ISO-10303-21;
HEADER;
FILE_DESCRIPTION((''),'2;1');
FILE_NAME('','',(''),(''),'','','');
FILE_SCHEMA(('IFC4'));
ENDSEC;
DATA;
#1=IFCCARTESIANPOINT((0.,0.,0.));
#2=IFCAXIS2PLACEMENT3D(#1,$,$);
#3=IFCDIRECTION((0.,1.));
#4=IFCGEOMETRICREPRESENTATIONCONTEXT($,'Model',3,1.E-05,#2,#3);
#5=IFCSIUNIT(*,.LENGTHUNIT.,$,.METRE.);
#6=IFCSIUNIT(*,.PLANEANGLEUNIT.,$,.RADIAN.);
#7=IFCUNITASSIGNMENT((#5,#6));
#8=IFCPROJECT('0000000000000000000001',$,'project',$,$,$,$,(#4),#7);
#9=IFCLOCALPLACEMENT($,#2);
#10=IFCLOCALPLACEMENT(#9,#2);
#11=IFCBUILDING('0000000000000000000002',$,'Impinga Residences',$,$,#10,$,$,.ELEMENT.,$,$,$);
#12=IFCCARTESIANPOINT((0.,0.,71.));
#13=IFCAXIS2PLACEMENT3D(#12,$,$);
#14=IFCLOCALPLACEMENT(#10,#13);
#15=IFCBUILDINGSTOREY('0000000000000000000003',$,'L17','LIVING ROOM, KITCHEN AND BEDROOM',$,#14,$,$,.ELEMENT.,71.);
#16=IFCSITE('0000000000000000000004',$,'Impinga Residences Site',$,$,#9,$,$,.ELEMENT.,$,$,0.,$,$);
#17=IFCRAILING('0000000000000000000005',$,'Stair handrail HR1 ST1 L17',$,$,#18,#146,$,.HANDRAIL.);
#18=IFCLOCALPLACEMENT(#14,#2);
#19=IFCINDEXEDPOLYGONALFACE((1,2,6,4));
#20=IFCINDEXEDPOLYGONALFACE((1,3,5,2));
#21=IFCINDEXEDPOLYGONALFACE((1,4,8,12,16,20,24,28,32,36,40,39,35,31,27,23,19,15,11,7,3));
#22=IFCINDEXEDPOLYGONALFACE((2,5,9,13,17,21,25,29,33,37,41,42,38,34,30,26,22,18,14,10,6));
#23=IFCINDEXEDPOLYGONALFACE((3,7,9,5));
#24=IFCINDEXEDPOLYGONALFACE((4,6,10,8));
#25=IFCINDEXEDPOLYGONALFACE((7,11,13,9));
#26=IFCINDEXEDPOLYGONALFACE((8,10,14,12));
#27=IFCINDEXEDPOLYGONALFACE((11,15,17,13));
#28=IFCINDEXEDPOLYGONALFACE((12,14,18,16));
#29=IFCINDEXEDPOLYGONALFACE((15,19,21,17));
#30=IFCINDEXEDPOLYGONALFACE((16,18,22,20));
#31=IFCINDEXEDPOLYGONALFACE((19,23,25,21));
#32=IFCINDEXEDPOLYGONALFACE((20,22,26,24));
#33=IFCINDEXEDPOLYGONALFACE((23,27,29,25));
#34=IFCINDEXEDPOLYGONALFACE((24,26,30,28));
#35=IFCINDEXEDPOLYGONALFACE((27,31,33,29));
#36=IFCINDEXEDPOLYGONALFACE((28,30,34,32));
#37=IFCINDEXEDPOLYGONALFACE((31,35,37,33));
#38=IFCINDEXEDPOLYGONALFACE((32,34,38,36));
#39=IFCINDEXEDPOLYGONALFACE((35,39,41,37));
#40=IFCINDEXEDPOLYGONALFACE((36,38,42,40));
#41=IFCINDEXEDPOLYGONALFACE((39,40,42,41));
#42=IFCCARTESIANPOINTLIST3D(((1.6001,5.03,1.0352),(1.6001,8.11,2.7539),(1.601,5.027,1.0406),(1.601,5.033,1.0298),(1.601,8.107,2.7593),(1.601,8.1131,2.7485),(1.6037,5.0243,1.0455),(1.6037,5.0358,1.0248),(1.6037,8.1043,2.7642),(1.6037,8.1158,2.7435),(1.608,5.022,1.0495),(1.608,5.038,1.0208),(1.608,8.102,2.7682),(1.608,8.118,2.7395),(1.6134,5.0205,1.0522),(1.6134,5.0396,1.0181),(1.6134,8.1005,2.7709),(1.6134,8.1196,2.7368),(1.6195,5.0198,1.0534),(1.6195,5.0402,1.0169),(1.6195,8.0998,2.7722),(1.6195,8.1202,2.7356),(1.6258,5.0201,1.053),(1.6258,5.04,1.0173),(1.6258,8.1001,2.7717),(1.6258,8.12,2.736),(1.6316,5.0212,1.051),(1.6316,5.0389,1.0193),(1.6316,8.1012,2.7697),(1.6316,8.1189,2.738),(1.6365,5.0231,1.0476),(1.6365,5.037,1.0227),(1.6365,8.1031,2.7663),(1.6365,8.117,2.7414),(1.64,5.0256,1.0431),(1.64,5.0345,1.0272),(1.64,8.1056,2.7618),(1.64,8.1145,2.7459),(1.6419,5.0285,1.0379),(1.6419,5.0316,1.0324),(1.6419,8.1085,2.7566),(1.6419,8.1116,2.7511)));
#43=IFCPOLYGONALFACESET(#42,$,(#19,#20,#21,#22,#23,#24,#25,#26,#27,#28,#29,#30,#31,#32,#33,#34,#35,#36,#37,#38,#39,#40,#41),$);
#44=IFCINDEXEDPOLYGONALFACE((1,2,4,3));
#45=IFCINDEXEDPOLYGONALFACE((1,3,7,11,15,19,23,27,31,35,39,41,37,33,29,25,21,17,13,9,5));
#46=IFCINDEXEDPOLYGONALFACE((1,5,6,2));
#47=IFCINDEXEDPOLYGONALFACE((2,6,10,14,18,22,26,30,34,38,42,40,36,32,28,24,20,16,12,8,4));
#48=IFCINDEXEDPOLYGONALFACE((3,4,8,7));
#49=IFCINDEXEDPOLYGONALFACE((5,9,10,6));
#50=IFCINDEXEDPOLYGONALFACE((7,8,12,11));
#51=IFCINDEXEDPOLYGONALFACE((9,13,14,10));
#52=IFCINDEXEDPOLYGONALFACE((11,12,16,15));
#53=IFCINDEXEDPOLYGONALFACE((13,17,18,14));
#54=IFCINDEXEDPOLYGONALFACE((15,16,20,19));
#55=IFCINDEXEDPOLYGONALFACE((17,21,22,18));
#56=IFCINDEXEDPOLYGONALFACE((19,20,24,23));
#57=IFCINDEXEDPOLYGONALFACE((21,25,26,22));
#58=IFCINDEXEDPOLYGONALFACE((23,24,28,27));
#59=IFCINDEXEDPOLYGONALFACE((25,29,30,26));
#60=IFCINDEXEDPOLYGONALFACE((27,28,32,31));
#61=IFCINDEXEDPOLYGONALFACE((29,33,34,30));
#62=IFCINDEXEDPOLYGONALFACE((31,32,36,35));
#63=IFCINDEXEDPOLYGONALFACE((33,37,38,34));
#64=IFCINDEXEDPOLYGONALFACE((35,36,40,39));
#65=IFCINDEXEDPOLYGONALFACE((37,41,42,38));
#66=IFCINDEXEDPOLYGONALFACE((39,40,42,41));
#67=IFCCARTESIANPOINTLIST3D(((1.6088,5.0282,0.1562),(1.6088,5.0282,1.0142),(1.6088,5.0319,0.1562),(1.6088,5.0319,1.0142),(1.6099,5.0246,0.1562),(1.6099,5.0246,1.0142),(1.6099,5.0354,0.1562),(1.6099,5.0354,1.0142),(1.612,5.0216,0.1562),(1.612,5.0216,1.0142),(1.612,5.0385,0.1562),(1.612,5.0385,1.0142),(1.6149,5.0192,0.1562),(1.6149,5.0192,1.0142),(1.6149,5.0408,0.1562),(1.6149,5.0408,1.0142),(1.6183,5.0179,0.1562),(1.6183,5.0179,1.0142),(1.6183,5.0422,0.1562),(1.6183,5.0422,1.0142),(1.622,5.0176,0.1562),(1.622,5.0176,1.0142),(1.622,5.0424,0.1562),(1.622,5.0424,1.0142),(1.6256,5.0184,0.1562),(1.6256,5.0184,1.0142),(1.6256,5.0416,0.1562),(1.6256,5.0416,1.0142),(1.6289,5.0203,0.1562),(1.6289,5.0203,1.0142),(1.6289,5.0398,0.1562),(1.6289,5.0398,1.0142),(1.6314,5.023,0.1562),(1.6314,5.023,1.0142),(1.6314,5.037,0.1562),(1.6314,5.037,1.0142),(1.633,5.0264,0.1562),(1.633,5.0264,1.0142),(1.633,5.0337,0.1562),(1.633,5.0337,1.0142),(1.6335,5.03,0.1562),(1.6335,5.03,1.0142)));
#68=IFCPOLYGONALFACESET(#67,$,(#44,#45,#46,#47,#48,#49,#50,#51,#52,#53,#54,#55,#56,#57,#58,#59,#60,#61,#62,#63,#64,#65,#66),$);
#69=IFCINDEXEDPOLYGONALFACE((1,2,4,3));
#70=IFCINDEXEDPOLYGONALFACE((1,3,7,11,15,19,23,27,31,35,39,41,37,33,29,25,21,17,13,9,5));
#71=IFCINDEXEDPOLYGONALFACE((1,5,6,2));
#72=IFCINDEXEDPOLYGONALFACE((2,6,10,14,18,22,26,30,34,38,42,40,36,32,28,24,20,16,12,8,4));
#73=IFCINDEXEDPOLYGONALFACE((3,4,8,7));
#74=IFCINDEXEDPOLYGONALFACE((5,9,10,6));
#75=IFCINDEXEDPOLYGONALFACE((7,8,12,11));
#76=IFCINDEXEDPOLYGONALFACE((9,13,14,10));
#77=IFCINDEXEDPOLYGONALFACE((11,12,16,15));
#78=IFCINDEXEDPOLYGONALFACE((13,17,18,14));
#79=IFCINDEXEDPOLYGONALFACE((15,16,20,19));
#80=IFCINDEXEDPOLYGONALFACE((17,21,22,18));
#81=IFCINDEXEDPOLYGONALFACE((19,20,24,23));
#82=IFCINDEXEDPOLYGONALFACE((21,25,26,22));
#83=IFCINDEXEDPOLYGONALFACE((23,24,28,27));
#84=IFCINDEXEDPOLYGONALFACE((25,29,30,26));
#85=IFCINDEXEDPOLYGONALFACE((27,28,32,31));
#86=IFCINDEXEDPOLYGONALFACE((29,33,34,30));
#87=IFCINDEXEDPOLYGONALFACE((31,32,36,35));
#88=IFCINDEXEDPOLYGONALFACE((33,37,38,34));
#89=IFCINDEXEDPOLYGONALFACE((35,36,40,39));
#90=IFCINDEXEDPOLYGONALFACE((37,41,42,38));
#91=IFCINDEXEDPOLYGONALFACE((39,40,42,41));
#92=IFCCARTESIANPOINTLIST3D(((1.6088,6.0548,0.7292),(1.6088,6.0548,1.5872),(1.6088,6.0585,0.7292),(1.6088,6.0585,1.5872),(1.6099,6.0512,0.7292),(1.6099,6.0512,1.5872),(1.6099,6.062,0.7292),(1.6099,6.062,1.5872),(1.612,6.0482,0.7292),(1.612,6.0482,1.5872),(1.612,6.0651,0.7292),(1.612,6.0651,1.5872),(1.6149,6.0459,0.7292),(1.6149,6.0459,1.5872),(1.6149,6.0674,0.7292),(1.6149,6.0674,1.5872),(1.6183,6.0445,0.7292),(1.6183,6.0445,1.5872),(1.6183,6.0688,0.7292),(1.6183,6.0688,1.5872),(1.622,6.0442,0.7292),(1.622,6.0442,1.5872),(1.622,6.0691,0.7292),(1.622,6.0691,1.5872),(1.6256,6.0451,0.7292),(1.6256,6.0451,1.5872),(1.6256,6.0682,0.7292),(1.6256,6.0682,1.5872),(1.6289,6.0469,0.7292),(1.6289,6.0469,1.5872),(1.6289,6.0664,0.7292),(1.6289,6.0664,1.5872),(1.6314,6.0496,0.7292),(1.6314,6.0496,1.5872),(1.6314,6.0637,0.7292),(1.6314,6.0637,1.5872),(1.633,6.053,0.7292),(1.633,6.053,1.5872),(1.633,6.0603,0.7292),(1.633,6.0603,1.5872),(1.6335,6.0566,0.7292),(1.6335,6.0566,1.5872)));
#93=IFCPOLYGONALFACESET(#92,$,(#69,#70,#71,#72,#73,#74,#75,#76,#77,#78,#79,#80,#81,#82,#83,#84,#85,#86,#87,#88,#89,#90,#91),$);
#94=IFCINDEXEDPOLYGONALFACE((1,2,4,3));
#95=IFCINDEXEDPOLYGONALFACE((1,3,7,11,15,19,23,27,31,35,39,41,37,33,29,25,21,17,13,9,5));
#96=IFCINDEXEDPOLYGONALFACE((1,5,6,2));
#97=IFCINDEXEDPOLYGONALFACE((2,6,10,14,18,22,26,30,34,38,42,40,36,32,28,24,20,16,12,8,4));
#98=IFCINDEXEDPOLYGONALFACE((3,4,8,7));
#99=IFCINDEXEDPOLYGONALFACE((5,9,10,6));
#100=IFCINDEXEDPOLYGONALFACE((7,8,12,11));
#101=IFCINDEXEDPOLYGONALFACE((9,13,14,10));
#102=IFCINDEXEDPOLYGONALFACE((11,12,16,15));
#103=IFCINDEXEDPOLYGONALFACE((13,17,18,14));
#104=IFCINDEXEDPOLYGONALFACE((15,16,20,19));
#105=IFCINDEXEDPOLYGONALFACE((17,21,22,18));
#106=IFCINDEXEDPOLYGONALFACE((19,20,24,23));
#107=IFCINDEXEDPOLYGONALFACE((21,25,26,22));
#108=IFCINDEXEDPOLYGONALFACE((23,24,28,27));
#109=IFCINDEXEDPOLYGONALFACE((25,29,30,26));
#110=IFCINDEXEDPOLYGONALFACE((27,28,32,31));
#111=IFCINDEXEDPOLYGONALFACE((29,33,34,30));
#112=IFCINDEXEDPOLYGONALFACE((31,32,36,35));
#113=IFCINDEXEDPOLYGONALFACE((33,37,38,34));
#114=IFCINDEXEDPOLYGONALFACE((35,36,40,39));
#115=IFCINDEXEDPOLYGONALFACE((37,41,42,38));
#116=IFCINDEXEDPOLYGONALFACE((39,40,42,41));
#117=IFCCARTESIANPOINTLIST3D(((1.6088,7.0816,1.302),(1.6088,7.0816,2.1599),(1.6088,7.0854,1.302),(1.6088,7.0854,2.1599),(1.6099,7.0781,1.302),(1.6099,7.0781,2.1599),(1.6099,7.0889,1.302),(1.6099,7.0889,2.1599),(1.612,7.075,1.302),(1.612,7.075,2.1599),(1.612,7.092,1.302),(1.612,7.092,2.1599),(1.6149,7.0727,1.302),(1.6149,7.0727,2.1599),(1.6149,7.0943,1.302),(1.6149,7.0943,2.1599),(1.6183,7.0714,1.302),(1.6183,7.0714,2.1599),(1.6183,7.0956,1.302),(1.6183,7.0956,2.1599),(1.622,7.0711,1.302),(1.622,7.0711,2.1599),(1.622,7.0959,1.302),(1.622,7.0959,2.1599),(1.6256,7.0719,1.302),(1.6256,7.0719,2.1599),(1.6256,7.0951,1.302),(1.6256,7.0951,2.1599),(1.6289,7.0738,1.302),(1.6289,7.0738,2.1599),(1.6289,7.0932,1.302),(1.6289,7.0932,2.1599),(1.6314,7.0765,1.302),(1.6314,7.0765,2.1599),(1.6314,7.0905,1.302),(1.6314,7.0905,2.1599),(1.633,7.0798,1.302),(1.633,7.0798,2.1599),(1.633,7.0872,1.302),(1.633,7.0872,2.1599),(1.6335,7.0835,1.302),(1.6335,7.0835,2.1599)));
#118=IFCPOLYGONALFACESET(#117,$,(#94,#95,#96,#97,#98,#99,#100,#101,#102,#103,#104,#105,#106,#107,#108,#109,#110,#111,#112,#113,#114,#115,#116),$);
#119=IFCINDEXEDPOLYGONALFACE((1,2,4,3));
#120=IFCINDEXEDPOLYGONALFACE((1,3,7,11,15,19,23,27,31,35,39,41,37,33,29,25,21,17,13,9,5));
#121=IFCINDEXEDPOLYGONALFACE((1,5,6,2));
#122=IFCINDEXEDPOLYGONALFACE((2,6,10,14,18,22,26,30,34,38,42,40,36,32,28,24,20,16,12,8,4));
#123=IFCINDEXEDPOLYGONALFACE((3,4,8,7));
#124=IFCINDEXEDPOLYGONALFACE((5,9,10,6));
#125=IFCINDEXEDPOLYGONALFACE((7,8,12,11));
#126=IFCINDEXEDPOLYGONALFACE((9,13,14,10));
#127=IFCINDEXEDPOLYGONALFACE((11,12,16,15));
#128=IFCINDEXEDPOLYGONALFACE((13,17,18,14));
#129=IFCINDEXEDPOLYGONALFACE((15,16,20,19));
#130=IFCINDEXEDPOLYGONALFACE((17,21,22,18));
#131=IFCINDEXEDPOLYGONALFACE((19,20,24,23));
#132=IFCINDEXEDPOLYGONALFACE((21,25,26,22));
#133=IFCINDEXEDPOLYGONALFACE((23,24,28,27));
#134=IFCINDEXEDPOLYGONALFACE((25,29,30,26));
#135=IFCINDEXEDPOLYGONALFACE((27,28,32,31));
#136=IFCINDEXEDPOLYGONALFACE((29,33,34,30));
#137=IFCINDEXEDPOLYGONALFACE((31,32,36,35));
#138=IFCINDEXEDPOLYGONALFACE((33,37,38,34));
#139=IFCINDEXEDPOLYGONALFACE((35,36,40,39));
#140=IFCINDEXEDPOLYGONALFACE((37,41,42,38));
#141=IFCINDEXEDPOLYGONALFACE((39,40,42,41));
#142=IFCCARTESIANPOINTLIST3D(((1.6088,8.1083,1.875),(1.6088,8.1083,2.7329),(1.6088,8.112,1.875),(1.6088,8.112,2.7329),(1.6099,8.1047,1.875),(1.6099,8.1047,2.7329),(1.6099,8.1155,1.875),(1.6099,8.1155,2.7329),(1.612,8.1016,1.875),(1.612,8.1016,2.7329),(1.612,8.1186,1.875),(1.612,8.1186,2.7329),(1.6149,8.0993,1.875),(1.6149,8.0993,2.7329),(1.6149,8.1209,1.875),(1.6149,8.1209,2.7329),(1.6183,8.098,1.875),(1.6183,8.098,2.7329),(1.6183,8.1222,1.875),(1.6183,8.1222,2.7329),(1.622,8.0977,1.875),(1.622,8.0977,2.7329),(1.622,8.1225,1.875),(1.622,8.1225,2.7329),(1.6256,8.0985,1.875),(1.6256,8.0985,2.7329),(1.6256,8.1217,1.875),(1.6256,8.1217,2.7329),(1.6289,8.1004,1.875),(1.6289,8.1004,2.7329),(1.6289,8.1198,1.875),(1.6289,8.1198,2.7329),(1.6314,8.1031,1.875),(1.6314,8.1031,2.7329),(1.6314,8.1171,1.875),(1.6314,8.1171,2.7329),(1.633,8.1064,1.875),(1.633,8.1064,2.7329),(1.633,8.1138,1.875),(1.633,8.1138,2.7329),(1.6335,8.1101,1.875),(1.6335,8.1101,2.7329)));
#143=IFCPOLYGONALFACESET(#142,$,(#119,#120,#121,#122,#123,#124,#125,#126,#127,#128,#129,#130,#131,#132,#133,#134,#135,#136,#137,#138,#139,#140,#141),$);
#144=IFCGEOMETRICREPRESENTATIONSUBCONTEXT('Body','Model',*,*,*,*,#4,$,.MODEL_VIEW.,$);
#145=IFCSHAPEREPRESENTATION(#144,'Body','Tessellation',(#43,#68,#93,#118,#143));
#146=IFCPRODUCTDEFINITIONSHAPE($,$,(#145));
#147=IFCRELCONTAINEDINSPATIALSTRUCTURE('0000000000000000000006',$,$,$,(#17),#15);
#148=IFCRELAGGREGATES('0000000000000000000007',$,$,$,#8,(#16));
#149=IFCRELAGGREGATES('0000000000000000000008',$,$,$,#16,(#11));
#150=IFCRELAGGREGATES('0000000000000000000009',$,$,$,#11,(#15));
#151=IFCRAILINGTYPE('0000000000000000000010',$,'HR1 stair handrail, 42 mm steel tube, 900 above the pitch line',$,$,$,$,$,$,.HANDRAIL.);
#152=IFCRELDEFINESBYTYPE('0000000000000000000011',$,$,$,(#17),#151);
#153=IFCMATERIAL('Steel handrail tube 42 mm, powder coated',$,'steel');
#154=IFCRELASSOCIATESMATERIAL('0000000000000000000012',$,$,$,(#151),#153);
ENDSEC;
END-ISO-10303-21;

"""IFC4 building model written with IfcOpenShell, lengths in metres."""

from ifc_helpers import new_model, si_unit, direction, frame, origin, origin_2d, place, context, subcontext, project, spatial, circle, extrude, material, type_object, element, save


model = new_model("IFC4")

# Units and contexts
model_context = context("Model", 3, precision=1e-05, world=origin(), true_north=direction((0.0, 1.0)))
body_context = subcontext(model_context, "Body", "Model", "MODEL_VIEW")
ifc_project = project(units=[si_unit("LENGTHUNIT", "METRE"), si_unit("PLANEANGLEUNIT", "RADIAN")], contexts=[model_context])

# Site, building, storey
site_placement = place(None, origin())
site = spatial("IfcSite", under=ifc_project, at=site_placement, Name="Impinga Residences Site", CompositionType="ELEMENT", RefElevation=0.0)
building_placement = place(site_placement, origin())
building = spatial("IfcBuilding", under=site, at=building_placement, Name="Impinga Residences", CompositionType="ELEMENT")
storey_placement = place(building_placement, frame((0.0, 0.0, 71.0)))
storey = spatial("IfcBuildingStorey", under=building, at=storey_placement, Name="L17", Description="LIVING ROOM, KITCHEN AND BEDROOM", CompositionType="ELEMENT", Elevation=71.0)

# Railing
ifc_material_1 = material(Name="Steel handrail tube 42 mm, powder coated", Category="steel")
railing_type_1 = type_object("IfcRailingType", Name="HR1 stair handrail, 42 mm steel tube, 900 above the pitch line", PredefinedType="HANDRAIL", material=ifc_material_1)
railing_1_placement = place(storey_placement, frame((1.6211, 5.03, 0.1562)))
element("IfcRailing", 1, at=railing_1_placement, inside=storey, type_object=railing_type_1, Name="Stair handrail HR1 ST1 L17", PredefinedType="HANDRAIL", context=body_context, shape_type="SweptSolid", body=[
    extrude(circle(Radius=0.021, at=origin_2d()), frame((0.0, 0.0, 0.8789), z_axis=(0.0, 0.873242, 0.487288), x_axis=(-1.0, 0.0, 0.0)), (0.0, 0.0, 1.0), 3.5271),
    extrude(circle(Radius=0.0125, at=origin_2d()), origin(), (0.0, 0.0, 1.0), 0.8579),
    extrude(circle(Radius=0.0125, at=origin_2d()), frame((0.0, 1.0266, 0.573)), (0.0, 0.0, 1.0), 0.8579),
    extrude(circle(Radius=0.0125, at=origin_2d()), frame((0.0, 2.0535, 1.1458)), (0.0, 0.0, 1.0), 0.8579),
    extrude(circle(Radius=0.0125, at=origin_2d()), frame((0.0, 3.0801, 1.7188)), (0.0, 0.0, 1.0), 0.8579),
])

save(model, "model.ifc")
